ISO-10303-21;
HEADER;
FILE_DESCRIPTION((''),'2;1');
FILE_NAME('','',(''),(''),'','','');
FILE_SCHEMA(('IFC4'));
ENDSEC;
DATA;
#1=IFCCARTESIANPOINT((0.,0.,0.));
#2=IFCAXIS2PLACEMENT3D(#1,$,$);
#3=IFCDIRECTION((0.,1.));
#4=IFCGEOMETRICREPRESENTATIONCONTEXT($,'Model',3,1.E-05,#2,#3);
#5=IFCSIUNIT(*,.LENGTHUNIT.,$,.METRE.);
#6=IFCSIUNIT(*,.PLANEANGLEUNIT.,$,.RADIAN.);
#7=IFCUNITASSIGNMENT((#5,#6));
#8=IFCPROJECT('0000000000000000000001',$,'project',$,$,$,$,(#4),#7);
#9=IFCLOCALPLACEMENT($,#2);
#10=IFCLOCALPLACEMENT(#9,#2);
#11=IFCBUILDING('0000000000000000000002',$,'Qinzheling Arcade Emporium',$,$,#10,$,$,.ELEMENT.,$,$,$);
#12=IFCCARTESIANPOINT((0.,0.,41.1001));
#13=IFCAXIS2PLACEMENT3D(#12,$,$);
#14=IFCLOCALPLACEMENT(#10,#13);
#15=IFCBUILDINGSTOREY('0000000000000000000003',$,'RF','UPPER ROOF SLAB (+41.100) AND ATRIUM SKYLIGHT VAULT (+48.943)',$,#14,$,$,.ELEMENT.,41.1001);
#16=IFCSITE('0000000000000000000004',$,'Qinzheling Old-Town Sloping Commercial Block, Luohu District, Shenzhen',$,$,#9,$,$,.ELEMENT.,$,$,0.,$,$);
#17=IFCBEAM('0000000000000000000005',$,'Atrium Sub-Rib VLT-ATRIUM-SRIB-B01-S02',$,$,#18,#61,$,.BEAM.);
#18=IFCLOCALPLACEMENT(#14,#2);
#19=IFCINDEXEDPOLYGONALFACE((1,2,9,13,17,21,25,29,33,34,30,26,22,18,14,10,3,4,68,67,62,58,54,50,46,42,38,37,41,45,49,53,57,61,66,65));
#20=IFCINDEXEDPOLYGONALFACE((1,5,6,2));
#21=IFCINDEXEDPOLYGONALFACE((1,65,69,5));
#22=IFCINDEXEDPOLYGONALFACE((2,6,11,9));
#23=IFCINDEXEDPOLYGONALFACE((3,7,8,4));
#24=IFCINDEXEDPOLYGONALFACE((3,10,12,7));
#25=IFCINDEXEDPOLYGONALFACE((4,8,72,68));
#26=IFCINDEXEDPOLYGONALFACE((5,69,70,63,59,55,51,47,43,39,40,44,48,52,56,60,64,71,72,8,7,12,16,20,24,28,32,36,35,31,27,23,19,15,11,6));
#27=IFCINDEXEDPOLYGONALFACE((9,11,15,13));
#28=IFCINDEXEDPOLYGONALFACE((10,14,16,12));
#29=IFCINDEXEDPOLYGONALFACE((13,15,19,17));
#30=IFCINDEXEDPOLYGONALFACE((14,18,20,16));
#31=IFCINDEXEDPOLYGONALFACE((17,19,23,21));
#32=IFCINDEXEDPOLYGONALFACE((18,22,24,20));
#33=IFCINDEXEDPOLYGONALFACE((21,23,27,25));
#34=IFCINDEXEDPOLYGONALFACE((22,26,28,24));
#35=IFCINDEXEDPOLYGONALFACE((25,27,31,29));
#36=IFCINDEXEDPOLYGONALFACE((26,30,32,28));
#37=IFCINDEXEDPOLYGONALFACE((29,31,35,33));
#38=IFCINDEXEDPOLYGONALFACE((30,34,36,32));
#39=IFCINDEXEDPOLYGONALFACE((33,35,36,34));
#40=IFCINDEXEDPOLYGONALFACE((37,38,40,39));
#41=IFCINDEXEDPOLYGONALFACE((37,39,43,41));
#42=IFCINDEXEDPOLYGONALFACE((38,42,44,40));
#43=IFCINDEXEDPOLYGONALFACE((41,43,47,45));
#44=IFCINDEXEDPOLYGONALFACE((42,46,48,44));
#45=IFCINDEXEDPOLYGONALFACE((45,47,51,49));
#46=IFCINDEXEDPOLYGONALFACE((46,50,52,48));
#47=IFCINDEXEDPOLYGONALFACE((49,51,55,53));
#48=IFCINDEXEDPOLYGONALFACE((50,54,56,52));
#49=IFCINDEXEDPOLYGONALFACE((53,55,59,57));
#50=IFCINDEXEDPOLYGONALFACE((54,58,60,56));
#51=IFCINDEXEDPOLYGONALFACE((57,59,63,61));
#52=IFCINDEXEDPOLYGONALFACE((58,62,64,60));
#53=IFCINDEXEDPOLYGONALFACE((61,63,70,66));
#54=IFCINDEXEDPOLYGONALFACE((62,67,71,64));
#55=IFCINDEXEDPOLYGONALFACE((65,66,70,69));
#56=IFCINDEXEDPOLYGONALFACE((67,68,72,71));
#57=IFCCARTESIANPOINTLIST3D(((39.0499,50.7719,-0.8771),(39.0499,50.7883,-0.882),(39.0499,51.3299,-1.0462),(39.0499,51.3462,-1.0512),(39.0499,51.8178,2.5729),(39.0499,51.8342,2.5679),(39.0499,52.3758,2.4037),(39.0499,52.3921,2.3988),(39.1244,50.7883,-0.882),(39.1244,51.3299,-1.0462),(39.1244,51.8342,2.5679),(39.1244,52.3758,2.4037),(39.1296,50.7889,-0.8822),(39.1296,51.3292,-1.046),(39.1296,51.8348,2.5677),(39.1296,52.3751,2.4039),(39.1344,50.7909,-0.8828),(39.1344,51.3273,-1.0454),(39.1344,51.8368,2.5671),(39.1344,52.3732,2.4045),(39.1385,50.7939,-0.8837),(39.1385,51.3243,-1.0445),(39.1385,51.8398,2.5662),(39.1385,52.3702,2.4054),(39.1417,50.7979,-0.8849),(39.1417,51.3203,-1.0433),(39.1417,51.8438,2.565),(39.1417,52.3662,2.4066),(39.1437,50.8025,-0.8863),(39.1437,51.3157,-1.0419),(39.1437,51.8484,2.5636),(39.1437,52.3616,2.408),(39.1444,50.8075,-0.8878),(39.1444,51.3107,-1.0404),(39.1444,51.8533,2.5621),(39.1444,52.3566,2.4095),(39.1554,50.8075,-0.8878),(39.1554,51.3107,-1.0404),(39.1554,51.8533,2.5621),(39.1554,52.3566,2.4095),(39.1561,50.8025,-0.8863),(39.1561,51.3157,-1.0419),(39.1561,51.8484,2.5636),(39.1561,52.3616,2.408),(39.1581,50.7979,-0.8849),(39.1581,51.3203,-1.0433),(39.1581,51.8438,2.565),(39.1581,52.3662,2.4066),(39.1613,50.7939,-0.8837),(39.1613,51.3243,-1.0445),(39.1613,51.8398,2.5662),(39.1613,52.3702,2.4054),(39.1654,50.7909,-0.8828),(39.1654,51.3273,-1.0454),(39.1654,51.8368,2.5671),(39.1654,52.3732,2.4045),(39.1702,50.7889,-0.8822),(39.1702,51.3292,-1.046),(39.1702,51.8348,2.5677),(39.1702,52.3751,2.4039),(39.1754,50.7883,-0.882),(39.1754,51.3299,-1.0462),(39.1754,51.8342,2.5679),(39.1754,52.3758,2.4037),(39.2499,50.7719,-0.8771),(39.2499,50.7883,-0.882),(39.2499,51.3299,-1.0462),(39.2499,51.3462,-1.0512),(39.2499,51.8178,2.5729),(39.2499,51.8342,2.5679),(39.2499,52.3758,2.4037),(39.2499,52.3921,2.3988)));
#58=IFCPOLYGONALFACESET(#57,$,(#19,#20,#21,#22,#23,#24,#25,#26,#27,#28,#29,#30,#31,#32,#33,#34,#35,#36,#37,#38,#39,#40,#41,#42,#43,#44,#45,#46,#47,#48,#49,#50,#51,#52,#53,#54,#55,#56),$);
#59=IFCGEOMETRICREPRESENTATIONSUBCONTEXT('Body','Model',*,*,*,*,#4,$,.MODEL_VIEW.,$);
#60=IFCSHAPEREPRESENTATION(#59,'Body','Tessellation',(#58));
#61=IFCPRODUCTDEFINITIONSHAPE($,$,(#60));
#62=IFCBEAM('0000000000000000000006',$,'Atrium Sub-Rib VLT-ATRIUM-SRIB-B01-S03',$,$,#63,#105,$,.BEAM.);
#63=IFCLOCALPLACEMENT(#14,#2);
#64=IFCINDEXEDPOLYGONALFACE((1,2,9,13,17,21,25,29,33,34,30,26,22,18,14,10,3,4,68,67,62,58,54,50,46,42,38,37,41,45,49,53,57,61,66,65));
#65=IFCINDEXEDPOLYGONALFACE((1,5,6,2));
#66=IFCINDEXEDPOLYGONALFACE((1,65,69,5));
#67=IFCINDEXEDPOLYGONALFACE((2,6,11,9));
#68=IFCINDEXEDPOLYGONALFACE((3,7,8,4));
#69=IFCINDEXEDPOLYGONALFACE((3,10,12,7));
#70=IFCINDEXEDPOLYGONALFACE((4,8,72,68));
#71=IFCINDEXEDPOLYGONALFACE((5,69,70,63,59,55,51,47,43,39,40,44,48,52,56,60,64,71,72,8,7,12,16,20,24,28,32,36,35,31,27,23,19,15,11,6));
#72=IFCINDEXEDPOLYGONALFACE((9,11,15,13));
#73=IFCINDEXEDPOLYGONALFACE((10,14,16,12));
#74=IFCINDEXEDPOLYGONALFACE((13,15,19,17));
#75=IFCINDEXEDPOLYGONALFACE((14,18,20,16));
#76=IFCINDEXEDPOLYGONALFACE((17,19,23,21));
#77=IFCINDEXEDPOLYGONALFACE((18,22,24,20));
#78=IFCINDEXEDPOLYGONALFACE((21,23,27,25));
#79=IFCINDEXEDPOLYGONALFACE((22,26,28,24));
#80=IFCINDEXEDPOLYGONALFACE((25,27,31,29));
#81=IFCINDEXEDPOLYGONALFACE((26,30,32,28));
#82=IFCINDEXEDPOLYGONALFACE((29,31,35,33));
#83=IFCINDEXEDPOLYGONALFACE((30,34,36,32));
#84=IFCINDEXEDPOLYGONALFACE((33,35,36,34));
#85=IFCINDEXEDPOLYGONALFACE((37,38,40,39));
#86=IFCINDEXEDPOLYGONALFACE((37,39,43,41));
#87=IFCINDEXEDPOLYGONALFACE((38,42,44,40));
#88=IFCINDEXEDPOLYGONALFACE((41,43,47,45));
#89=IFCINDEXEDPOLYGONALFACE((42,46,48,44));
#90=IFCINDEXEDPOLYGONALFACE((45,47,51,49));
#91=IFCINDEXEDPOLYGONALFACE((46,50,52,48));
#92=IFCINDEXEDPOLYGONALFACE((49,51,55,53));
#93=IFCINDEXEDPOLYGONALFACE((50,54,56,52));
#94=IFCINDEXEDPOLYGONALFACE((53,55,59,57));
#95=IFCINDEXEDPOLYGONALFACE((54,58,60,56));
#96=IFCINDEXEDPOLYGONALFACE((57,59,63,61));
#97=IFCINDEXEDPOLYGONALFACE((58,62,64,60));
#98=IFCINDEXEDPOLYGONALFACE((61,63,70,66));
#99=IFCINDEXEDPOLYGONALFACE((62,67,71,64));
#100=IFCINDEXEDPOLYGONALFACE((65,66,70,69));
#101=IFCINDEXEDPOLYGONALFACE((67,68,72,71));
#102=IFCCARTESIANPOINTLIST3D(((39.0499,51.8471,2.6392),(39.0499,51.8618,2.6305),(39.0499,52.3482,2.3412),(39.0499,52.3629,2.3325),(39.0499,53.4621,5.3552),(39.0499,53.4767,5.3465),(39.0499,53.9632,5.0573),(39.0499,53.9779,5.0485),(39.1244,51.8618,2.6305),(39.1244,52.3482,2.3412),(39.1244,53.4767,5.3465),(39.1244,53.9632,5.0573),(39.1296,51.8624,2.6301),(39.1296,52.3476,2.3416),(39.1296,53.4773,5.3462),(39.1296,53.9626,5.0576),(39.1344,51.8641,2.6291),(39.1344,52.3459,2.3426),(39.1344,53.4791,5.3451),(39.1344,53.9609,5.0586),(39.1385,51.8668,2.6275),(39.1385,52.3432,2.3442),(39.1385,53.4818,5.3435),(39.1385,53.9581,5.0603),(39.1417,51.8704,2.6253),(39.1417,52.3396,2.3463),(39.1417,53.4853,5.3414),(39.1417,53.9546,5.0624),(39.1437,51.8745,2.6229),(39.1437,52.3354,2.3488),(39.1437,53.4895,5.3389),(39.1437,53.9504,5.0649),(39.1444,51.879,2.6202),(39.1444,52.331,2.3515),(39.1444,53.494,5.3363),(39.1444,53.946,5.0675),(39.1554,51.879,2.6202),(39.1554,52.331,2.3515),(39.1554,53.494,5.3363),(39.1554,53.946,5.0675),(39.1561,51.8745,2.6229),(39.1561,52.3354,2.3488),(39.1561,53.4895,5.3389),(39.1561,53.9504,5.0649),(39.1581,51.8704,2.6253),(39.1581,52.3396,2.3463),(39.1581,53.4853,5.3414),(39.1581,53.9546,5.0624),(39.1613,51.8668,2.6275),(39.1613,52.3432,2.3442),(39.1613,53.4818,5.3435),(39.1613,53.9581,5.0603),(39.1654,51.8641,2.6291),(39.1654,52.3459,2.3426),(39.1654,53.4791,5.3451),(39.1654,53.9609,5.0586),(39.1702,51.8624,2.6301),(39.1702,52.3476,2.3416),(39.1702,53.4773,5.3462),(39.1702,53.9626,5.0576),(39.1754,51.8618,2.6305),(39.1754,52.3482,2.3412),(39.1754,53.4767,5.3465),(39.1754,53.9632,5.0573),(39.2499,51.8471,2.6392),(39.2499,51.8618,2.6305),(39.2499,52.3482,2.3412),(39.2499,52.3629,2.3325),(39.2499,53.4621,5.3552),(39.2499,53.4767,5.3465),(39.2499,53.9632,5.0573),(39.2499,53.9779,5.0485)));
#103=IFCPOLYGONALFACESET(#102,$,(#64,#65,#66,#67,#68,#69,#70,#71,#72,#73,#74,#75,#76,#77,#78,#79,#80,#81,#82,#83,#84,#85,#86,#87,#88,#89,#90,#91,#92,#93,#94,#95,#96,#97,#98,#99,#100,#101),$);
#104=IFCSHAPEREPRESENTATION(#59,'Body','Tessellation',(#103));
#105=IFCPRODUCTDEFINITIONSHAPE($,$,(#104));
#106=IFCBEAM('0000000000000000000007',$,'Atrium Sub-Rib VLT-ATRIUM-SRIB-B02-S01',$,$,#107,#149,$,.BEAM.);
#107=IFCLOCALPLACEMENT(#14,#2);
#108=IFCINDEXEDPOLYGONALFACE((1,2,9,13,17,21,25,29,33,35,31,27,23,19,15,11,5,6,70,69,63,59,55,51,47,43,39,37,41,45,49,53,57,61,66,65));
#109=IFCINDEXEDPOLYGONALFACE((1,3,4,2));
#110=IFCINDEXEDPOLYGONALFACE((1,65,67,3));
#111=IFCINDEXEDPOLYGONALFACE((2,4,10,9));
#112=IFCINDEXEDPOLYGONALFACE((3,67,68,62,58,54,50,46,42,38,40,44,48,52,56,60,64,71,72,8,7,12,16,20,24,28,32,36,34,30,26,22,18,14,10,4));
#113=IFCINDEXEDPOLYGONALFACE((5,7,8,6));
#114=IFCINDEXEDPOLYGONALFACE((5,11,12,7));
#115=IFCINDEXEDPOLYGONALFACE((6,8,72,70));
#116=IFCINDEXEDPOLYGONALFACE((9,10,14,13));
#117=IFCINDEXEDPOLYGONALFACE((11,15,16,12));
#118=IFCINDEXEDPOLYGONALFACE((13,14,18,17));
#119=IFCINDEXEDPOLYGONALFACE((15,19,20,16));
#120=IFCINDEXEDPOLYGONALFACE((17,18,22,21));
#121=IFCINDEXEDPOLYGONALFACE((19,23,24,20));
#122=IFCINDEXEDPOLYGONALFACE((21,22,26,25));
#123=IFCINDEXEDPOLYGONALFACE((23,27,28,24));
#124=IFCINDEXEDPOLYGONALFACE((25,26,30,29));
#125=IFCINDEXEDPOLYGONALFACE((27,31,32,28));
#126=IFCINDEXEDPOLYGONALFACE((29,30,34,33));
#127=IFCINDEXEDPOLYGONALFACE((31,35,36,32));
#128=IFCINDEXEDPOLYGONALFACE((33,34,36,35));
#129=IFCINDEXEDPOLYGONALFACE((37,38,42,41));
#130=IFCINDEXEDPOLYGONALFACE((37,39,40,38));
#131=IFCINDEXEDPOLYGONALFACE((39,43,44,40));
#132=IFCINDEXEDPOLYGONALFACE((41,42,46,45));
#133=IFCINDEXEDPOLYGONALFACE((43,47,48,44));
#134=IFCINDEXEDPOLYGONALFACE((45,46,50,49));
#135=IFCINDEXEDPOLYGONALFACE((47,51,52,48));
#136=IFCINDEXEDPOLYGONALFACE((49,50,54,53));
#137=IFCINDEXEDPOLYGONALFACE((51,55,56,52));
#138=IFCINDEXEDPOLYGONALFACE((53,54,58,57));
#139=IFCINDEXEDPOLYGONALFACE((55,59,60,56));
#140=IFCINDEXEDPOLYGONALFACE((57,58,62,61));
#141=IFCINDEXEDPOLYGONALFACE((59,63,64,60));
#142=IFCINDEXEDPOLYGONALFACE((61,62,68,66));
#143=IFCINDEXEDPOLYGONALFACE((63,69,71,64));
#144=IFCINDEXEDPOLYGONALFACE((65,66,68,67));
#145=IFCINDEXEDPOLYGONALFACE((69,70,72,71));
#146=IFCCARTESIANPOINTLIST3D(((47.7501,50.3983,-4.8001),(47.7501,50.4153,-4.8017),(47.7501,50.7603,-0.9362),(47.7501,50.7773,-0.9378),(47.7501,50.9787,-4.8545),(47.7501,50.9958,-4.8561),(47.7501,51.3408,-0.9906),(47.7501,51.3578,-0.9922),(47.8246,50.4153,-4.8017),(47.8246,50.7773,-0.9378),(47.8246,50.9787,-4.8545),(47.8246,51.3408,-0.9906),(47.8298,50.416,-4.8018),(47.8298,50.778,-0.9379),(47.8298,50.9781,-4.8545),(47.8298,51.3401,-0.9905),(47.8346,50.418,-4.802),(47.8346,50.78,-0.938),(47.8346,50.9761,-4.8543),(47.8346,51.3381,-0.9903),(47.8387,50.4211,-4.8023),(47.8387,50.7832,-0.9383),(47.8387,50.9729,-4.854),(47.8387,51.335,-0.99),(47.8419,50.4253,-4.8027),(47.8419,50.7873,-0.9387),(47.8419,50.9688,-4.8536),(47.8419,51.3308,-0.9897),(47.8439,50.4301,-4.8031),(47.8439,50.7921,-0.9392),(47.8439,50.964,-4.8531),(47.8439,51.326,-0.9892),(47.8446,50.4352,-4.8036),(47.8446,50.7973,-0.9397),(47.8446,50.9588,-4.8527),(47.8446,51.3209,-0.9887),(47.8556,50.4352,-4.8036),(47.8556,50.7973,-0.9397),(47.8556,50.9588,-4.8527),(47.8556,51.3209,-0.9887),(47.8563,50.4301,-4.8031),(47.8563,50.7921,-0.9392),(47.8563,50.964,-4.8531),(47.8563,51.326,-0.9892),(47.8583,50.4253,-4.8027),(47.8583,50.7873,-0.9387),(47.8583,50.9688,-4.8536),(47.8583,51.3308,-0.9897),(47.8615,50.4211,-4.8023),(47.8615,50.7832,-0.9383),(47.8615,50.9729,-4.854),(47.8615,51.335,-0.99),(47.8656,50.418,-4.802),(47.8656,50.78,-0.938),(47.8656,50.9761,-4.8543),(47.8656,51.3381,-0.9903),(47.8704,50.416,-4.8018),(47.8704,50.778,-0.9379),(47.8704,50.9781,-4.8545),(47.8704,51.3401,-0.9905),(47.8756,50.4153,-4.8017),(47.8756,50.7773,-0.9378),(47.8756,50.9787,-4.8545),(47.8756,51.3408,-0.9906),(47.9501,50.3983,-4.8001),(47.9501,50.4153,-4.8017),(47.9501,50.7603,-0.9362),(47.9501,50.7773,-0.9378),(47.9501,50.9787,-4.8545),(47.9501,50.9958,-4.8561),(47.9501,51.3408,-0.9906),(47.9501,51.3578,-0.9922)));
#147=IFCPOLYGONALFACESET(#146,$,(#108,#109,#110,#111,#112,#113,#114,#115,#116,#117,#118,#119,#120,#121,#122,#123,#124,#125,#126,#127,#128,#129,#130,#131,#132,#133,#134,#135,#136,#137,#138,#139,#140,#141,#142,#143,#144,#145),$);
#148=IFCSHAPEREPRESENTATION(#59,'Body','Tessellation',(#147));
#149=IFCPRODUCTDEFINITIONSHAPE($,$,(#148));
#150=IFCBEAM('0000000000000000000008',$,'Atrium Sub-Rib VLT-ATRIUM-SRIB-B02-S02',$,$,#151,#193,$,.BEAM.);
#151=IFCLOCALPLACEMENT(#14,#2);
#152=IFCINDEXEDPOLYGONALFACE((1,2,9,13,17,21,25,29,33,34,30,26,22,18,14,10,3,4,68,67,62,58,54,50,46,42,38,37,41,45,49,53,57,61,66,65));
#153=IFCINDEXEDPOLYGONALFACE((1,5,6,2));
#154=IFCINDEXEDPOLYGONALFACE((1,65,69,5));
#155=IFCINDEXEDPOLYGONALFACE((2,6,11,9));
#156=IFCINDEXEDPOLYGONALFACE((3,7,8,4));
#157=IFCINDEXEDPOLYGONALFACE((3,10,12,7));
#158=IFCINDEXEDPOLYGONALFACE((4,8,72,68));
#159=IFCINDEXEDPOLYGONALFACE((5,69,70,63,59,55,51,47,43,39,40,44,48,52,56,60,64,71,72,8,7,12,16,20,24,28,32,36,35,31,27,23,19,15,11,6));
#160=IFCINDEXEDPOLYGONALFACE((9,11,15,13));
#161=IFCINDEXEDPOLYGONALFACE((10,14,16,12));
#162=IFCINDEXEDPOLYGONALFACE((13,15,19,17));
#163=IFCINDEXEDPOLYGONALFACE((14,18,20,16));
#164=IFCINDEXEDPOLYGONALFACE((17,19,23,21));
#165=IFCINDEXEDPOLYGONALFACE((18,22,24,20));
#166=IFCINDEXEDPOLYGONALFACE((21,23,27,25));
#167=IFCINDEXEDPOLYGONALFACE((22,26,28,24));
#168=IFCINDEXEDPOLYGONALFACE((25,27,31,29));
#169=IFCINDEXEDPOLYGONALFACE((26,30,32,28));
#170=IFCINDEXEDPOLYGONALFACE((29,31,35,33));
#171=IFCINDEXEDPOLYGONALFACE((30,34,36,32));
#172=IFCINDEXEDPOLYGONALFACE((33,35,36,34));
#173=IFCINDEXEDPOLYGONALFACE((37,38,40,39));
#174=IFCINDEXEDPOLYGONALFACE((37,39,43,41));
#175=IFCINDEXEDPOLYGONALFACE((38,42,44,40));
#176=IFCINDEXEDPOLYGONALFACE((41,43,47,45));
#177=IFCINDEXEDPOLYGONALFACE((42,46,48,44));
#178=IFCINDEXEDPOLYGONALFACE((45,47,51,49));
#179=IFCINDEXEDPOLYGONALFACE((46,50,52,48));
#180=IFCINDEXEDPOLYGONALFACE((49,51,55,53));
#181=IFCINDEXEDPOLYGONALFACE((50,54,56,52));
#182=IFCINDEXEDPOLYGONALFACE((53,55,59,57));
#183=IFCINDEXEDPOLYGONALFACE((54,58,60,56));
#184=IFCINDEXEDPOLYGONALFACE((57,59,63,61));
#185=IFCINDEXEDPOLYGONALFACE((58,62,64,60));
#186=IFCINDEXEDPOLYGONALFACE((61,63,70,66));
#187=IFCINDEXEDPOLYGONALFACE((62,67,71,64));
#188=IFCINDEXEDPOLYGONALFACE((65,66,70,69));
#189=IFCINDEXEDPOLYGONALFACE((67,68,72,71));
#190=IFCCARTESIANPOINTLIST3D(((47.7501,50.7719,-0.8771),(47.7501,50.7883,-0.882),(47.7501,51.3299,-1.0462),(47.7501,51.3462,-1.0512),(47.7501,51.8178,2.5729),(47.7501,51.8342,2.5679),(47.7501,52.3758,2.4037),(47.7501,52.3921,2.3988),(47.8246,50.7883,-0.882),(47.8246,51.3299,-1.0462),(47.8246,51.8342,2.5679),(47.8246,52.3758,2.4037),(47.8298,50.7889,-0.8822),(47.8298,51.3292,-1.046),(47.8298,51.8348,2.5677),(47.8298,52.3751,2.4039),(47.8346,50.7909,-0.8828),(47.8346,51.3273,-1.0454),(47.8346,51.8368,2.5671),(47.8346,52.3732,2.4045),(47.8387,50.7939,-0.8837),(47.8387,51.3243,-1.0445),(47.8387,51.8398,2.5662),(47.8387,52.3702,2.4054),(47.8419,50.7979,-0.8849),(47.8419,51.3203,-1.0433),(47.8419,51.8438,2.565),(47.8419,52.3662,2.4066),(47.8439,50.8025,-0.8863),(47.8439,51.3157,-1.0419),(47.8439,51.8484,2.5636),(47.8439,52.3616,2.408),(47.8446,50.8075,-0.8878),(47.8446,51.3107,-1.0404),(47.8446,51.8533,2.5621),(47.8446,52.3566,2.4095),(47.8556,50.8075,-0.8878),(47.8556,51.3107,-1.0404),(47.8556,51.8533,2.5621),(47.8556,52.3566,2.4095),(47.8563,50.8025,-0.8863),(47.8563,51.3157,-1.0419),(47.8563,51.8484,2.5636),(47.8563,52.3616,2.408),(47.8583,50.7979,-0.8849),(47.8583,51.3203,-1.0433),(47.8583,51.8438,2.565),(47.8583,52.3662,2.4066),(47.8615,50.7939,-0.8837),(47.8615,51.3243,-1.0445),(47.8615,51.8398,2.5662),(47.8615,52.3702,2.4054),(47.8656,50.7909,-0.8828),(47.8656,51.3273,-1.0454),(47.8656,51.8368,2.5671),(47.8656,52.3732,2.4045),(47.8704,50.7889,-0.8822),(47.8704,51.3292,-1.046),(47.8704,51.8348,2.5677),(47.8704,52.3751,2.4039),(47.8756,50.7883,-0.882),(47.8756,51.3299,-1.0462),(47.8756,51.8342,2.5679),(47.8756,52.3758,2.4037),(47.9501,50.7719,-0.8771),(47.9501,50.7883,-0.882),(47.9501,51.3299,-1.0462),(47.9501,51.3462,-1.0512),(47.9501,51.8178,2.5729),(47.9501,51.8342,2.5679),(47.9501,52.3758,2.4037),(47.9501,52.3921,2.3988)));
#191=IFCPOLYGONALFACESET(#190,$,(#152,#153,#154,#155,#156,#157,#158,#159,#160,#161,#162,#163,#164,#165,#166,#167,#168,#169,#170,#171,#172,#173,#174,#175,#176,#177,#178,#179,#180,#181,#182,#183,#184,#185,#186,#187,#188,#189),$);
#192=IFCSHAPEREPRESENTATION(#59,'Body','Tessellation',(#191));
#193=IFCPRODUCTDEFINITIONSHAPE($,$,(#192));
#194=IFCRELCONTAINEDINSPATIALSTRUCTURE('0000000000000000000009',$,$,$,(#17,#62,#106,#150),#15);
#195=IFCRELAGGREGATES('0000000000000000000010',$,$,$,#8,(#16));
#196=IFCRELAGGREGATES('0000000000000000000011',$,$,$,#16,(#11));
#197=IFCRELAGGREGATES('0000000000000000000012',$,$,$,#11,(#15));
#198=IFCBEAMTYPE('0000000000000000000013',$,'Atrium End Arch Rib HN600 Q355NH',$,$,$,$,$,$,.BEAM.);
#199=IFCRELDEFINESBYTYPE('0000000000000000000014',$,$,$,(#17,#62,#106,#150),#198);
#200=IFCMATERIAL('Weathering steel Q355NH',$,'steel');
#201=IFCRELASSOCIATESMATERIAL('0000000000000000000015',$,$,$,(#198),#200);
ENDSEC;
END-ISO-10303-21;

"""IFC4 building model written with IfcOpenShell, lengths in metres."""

from ifc_helpers import new_model, si_unit, direction, frame, origin, origin_2d, place, context, subcontext, project, spatial, i_section, extrude, material, material_profile, profile_set, type_object, element, save


model = new_model("IFC4")

# Units and contexts
model_context = context("Model", 3, precision=1e-05, world=origin(), true_north=direction((0.0, 1.0)))
body_context = subcontext(model_context, "Body", "Model", "MODEL_VIEW")
ifc_project = project(units=[si_unit("LENGTHUNIT", "METRE"), si_unit("PLANEANGLEUNIT", "RADIAN")], contexts=[model_context])

# Site, building, storey
site_placement = place(None, origin())
site = spatial("IfcSite", under=ifc_project, at=site_placement, Name="Qinzheling Old-Town Sloping Commercial Block, Luohu District, Shenzhen", CompositionType="ELEMENT", RefElevation=0.0)
building_placement = place(site_placement, origin())
building = spatial("IfcBuilding", under=site, at=building_placement, Name="Qinzheling Arcade Emporium", CompositionType="ELEMENT")
storey_placement = place(building_placement, frame((0.0, 0.0, 41.1001)))
storey = spatial("IfcBuildingStorey", under=building, at=storey_placement, Name="RF", Description="UPPER ROOF SLAB (+41.100) AND ATRIUM SKYLIGHT VAULT (+48.943)", CompositionType="ELEMENT", Elevation=41.1001)

# Beams
ifc_material_1 = material(Name="Weathering steel Q355NH", Category="steel")
ifc_material_profile_1 = material_profile(ifc_material_1, i_section(OverallWidth=0.2, OverallDepth=0.6001, WebThickness=0.011, FlangeThickness=0.0171, FilletRadius=0.02, at=origin_2d()), Name="HN 600x200x11x17", Category="steel")
ifc_profile_set_1 = profile_set([ifc_material_profile_1], Name="Weathering steel Q355NH")
beam_type_1 = type_object("IfcBeamType", Name="Atrium End Arch Rib HN600 Q355NH", PredefinedType="BEAM", material=ifc_profile_set_1)
beam_1_placement = place(storey_placement, frame((39.1499, 51.0591, -0.9641), z_axis=(0.0, 0.290124, 0.956989), x_axis=(-1.0, 0.0, 0.0)))
element("IfcBeam", 1, at=beam_1_placement, inside=storey, type_object=beam_type_1, Name="Atrium Sub-Rib VLT-ATRIUM-SRIB-B01-S02", PredefinedType="BEAM", context=body_context, shape_type="SweptSolid", body=[
    extrude(i_section(OverallWidth=0.2, OverallDepth=0.6001, WebThickness=0.011, FlangeThickness=0.0171, FilletRadius=0.02, at=origin_2d()), origin(), (0.0, 0.0, 1.0), 3.605),
])
beam_2_placement = place(storey_placement, frame((39.1499, 52.105, 2.4858), z_axis=(0.0, 0.511083, 0.859531), x_axis=(-1.0, 0.0, 0.0)))
element("IfcBeam", 2, at=beam_2_placement, inside=storey, type_object=beam_type_1, Name="Atrium Sub-Rib VLT-ATRIUM-SRIB-B01-S03", PredefinedType="BEAM", context=body_context, shape_type="SweptSolid", body=[
    extrude(i_section(OverallWidth=0.2, OverallDepth=0.6001, WebThickness=0.011, FlangeThickness=0.0171, FilletRadius=0.02, at=origin_2d()), origin(), (0.0, 0.0, 1.0), 3.1599),
])
beam_3_placement = place(storey_placement, frame((47.8501, 50.697, -4.8281), z_axis=(0.0, 0.093292, 0.995639), x_axis=(-1.0, 0.0, 0.0)))
element("IfcBeam", 3, at=beam_3_placement, inside=storey, type_object=beam_type_1, Name="Atrium Sub-Rib VLT-ATRIUM-SRIB-B02-S01", PredefinedType="BEAM", context=body_context, shape_type="SweptSolid", body=[
    extrude(i_section(OverallWidth=0.2, OverallDepth=0.6001, WebThickness=0.011, FlangeThickness=0.0171, FilletRadius=0.02, at=origin_2d()), origin(), (0.0, 0.0, 1.0), 3.8809),
])
beam_4_placement = place(storey_placement, frame((47.8501, 51.0591, -0.9641), z_axis=(0.0, 0.290124, 0.956989), x_axis=(-1.0, 0.0, 0.0)))
element("IfcBeam", 4, at=beam_4_placement, inside=storey, type_object=beam_type_1, Name="Atrium Sub-Rib VLT-ATRIUM-SRIB-B02-S02", PredefinedType="BEAM", context=body_context, shape_type="SweptSolid", body=[
    extrude(i_section(OverallWidth=0.2, OverallDepth=0.6001, WebThickness=0.011, FlangeThickness=0.0171, FilletRadius=0.02, at=origin_2d()), origin(), (0.0, 0.0, 1.0), 3.605),
])

save(model, "model.ifc")
